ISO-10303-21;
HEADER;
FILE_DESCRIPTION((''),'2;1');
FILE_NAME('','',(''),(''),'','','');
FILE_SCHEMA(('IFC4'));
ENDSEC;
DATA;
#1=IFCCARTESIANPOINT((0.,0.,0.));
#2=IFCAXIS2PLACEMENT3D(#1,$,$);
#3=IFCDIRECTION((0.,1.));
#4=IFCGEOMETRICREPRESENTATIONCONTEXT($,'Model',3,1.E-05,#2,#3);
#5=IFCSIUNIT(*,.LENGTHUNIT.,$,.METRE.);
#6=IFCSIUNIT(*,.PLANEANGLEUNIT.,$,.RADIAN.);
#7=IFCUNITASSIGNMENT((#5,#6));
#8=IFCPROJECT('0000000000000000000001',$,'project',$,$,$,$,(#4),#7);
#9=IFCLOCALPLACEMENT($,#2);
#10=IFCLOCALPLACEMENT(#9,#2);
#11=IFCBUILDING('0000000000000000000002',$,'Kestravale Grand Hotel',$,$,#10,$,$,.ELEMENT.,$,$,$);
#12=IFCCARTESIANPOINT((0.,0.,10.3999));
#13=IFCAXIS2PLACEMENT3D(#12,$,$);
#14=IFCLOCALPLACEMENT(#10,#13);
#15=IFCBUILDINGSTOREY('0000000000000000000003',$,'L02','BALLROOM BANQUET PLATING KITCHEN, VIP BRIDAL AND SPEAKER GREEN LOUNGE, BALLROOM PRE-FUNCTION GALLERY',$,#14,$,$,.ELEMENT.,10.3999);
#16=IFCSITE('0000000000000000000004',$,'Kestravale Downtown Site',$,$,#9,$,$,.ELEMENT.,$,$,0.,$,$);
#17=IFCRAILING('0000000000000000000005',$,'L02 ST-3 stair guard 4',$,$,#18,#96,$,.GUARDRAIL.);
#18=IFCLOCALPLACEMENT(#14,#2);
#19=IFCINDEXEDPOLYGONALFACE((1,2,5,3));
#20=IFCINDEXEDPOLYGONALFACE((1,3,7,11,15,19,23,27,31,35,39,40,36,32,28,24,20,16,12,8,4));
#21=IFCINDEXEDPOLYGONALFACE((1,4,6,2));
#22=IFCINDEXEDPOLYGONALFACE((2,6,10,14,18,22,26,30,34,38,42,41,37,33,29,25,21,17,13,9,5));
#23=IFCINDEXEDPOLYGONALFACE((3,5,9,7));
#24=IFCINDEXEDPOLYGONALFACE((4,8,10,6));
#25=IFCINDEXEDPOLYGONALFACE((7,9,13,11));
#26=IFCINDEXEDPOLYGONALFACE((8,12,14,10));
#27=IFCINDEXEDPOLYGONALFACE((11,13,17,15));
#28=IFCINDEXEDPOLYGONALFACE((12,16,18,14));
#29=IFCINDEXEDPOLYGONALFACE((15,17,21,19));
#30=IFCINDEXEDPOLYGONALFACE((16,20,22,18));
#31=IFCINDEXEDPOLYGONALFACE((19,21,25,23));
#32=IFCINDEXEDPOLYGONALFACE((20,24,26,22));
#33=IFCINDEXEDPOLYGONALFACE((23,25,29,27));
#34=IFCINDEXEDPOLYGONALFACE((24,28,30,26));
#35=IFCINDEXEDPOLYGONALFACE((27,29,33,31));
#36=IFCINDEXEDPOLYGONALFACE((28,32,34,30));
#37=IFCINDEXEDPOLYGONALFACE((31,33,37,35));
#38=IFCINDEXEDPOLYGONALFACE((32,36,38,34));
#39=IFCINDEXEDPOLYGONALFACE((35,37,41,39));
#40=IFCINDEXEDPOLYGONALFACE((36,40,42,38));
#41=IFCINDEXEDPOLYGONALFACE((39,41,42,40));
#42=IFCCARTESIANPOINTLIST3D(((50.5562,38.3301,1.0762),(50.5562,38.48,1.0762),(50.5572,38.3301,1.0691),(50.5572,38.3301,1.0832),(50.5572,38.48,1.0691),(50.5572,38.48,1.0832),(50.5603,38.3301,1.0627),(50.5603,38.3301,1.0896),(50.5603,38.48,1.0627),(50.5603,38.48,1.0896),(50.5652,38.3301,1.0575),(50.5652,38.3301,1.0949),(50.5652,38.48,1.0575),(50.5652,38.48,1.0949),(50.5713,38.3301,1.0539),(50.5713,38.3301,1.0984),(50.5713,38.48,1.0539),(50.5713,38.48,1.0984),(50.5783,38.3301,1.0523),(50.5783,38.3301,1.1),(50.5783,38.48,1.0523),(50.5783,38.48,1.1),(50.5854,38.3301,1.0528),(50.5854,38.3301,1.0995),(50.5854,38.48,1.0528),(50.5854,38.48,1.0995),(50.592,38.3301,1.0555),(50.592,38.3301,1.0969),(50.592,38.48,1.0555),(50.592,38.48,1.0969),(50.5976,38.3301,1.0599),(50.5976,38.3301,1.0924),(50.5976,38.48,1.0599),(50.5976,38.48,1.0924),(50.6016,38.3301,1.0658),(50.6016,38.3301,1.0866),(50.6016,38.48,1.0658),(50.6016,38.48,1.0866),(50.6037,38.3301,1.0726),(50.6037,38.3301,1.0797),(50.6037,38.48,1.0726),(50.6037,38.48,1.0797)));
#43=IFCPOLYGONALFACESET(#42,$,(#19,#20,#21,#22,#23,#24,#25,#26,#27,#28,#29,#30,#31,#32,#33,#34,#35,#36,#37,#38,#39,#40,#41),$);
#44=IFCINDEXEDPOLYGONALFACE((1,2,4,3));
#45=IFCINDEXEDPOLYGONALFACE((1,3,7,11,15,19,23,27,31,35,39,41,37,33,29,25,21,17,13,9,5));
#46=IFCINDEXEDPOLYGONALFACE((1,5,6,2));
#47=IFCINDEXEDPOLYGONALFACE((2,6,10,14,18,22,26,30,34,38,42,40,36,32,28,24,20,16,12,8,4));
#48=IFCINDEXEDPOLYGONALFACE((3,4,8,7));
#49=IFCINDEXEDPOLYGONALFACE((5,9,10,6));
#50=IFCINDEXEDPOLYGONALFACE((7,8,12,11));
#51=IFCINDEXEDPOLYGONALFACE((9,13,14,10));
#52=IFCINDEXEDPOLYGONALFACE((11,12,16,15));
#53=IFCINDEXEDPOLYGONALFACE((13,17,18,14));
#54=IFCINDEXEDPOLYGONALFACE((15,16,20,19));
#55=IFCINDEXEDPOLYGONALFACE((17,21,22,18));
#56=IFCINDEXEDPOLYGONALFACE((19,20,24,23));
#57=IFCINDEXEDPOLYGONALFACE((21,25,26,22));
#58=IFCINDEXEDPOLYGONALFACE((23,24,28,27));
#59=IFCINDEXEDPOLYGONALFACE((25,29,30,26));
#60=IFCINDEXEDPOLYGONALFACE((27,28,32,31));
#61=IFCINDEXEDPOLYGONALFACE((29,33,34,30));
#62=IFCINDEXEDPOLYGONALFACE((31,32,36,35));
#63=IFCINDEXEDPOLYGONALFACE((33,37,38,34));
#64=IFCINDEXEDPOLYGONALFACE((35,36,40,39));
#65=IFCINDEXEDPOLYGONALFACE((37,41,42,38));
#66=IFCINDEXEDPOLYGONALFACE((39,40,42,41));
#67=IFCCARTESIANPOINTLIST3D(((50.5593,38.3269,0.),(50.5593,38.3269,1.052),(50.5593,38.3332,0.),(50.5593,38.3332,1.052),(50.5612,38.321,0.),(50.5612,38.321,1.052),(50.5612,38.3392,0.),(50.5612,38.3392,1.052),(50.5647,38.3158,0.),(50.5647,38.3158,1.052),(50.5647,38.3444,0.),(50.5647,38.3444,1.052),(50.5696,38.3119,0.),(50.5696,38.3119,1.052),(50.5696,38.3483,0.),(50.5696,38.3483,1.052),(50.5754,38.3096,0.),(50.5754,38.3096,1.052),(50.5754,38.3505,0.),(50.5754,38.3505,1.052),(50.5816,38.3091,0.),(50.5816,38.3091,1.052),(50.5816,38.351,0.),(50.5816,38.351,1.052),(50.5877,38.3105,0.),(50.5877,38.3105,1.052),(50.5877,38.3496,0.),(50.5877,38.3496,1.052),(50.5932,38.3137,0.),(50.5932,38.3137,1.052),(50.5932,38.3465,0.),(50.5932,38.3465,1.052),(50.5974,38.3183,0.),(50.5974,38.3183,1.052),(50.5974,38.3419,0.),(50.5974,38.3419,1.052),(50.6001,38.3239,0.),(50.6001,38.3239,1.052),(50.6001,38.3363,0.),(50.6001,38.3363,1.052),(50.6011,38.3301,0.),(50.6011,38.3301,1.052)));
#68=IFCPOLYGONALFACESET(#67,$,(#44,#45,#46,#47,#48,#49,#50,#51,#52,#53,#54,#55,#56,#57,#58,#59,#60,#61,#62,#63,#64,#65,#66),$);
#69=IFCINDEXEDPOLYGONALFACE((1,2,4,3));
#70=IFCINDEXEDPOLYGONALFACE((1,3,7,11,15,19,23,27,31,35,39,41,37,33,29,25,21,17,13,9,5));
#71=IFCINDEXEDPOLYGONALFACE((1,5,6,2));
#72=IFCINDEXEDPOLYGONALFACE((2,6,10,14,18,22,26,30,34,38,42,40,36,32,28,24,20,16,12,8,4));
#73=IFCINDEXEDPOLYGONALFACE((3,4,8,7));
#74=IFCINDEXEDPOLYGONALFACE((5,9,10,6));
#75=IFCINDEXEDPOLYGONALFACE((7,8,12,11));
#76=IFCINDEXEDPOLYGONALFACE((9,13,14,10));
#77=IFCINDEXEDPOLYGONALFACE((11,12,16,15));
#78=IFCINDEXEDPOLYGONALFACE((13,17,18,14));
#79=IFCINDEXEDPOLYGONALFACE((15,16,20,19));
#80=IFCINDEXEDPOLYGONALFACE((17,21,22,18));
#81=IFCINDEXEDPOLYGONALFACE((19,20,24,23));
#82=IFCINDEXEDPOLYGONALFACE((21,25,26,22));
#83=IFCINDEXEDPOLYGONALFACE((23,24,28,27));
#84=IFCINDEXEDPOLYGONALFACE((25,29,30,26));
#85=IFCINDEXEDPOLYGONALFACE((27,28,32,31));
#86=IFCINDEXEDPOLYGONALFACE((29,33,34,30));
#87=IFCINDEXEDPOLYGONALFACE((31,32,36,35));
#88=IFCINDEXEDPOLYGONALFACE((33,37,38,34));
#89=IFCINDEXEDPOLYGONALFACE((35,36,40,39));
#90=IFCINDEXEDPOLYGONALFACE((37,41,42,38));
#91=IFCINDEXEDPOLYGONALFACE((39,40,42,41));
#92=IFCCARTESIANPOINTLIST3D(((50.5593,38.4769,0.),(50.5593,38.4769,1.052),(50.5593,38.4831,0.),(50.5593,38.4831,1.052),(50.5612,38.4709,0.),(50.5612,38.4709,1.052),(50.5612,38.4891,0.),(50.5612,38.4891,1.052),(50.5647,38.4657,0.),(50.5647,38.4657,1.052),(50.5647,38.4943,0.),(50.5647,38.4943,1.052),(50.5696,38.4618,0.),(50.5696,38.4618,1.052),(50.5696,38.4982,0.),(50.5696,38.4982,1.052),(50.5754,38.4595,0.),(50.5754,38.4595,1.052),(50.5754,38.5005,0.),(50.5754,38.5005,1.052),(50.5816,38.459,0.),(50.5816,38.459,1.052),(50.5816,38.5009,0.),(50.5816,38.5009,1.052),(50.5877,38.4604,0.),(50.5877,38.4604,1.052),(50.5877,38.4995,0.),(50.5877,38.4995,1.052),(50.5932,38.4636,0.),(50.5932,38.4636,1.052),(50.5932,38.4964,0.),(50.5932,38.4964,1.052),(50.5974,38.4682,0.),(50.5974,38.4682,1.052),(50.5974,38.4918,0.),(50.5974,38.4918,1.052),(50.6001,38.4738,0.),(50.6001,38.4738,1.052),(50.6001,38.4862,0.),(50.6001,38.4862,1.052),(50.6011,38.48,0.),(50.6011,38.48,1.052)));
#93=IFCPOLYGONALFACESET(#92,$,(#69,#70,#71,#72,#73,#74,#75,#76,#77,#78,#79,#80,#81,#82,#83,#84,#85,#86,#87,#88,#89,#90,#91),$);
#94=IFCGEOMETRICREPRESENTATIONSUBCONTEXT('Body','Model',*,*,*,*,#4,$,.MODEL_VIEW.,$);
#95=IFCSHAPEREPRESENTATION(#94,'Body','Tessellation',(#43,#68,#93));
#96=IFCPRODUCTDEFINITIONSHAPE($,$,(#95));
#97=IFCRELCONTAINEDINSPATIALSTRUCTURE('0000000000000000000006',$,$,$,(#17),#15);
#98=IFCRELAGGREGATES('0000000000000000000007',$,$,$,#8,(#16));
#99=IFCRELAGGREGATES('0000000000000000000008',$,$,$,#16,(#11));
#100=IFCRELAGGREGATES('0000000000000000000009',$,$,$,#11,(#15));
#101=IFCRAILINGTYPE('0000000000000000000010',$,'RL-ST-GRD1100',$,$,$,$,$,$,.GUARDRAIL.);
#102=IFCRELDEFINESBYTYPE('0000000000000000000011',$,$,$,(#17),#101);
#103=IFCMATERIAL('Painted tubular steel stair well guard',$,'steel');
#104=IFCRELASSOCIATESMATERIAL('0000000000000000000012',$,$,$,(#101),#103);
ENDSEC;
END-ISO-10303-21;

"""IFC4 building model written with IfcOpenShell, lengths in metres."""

from ifc_helpers import new_model, si_unit, direction, frame, origin, origin_2d, place, context, subcontext, project, spatial, circle, extrude, material, type_object, element, save


model = new_model("IFC4")

# Units and contexts
model_context = context("Model", 3, precision=1e-05, world=origin(), true_north=direction((0.0, 1.0)))
body_context = subcontext(model_context, "Body", "Model", "MODEL_VIEW")
ifc_project = project(units=[si_unit("LENGTHUNIT", "METRE"), si_unit("PLANEANGLEUNIT", "RADIAN")], contexts=[model_context])

# Site, building, storey
site_placement = place(None, origin())
site = spatial("IfcSite", under=ifc_project, at=site_placement, Name="Kestravale Downtown Site", CompositionType="ELEMENT", RefElevation=0.0)
building_placement = place(site_placement, origin())
building = spatial("IfcBuilding", under=site, at=building_placement, Name="Kestravale Grand Hotel", CompositionType="ELEMENT")
storey_placement = place(building_placement, frame((0.0, 0.0, 10.3999)))
storey = spatial("IfcBuildingStorey", under=building, at=storey_placement, Name="L02", Description="BALLROOM BANQUET PLATING KITCHEN, VIP BRIDAL AND SPEAKER GREEN LOUNGE, BALLROOM PRE-FUNCTION GALLERY", CompositionType="ELEMENT", Elevation=10.3999)

# Railing
ifc_material_1 = material(Name="Painted tubular steel stair well guard", Category="steel")
railing_type_1 = type_object("IfcRailingType", Name="RL-ST-GRD1100", PredefinedType="GUARDRAIL", material=ifc_material_1)
railing_1_placement = place(storey_placement, frame((50.5801, 38.3301, 0.0)))
element("IfcRailing", 1, at=railing_1_placement, inside=storey, type_object=railing_type_1, Name="L02 ST-3 stair guard 4", PredefinedType="GUARDRAIL", context=body_context, shape_type="SweptSolid", body=[
    extrude(circle(Radius=0.0239, at=origin_2d()), frame((0.0, 0.0, 1.0762), z_axis=(0.0, 1.0, 0.0), x_axis=(-1.0, 0.0, 0.0)), (0.0, 0.0, 1.0), 0.1499),
    extrude(circle(Radius=0.021, at=origin_2d()), origin(), (0.0, 0.0, 1.0), 1.052),
    extrude(circle(Radius=0.021, at=origin_2d()), frame((0.0, 0.1499, 0.0)), (0.0, 0.0, 1.0), 1.052),
])

save(model, "model.ifc")
